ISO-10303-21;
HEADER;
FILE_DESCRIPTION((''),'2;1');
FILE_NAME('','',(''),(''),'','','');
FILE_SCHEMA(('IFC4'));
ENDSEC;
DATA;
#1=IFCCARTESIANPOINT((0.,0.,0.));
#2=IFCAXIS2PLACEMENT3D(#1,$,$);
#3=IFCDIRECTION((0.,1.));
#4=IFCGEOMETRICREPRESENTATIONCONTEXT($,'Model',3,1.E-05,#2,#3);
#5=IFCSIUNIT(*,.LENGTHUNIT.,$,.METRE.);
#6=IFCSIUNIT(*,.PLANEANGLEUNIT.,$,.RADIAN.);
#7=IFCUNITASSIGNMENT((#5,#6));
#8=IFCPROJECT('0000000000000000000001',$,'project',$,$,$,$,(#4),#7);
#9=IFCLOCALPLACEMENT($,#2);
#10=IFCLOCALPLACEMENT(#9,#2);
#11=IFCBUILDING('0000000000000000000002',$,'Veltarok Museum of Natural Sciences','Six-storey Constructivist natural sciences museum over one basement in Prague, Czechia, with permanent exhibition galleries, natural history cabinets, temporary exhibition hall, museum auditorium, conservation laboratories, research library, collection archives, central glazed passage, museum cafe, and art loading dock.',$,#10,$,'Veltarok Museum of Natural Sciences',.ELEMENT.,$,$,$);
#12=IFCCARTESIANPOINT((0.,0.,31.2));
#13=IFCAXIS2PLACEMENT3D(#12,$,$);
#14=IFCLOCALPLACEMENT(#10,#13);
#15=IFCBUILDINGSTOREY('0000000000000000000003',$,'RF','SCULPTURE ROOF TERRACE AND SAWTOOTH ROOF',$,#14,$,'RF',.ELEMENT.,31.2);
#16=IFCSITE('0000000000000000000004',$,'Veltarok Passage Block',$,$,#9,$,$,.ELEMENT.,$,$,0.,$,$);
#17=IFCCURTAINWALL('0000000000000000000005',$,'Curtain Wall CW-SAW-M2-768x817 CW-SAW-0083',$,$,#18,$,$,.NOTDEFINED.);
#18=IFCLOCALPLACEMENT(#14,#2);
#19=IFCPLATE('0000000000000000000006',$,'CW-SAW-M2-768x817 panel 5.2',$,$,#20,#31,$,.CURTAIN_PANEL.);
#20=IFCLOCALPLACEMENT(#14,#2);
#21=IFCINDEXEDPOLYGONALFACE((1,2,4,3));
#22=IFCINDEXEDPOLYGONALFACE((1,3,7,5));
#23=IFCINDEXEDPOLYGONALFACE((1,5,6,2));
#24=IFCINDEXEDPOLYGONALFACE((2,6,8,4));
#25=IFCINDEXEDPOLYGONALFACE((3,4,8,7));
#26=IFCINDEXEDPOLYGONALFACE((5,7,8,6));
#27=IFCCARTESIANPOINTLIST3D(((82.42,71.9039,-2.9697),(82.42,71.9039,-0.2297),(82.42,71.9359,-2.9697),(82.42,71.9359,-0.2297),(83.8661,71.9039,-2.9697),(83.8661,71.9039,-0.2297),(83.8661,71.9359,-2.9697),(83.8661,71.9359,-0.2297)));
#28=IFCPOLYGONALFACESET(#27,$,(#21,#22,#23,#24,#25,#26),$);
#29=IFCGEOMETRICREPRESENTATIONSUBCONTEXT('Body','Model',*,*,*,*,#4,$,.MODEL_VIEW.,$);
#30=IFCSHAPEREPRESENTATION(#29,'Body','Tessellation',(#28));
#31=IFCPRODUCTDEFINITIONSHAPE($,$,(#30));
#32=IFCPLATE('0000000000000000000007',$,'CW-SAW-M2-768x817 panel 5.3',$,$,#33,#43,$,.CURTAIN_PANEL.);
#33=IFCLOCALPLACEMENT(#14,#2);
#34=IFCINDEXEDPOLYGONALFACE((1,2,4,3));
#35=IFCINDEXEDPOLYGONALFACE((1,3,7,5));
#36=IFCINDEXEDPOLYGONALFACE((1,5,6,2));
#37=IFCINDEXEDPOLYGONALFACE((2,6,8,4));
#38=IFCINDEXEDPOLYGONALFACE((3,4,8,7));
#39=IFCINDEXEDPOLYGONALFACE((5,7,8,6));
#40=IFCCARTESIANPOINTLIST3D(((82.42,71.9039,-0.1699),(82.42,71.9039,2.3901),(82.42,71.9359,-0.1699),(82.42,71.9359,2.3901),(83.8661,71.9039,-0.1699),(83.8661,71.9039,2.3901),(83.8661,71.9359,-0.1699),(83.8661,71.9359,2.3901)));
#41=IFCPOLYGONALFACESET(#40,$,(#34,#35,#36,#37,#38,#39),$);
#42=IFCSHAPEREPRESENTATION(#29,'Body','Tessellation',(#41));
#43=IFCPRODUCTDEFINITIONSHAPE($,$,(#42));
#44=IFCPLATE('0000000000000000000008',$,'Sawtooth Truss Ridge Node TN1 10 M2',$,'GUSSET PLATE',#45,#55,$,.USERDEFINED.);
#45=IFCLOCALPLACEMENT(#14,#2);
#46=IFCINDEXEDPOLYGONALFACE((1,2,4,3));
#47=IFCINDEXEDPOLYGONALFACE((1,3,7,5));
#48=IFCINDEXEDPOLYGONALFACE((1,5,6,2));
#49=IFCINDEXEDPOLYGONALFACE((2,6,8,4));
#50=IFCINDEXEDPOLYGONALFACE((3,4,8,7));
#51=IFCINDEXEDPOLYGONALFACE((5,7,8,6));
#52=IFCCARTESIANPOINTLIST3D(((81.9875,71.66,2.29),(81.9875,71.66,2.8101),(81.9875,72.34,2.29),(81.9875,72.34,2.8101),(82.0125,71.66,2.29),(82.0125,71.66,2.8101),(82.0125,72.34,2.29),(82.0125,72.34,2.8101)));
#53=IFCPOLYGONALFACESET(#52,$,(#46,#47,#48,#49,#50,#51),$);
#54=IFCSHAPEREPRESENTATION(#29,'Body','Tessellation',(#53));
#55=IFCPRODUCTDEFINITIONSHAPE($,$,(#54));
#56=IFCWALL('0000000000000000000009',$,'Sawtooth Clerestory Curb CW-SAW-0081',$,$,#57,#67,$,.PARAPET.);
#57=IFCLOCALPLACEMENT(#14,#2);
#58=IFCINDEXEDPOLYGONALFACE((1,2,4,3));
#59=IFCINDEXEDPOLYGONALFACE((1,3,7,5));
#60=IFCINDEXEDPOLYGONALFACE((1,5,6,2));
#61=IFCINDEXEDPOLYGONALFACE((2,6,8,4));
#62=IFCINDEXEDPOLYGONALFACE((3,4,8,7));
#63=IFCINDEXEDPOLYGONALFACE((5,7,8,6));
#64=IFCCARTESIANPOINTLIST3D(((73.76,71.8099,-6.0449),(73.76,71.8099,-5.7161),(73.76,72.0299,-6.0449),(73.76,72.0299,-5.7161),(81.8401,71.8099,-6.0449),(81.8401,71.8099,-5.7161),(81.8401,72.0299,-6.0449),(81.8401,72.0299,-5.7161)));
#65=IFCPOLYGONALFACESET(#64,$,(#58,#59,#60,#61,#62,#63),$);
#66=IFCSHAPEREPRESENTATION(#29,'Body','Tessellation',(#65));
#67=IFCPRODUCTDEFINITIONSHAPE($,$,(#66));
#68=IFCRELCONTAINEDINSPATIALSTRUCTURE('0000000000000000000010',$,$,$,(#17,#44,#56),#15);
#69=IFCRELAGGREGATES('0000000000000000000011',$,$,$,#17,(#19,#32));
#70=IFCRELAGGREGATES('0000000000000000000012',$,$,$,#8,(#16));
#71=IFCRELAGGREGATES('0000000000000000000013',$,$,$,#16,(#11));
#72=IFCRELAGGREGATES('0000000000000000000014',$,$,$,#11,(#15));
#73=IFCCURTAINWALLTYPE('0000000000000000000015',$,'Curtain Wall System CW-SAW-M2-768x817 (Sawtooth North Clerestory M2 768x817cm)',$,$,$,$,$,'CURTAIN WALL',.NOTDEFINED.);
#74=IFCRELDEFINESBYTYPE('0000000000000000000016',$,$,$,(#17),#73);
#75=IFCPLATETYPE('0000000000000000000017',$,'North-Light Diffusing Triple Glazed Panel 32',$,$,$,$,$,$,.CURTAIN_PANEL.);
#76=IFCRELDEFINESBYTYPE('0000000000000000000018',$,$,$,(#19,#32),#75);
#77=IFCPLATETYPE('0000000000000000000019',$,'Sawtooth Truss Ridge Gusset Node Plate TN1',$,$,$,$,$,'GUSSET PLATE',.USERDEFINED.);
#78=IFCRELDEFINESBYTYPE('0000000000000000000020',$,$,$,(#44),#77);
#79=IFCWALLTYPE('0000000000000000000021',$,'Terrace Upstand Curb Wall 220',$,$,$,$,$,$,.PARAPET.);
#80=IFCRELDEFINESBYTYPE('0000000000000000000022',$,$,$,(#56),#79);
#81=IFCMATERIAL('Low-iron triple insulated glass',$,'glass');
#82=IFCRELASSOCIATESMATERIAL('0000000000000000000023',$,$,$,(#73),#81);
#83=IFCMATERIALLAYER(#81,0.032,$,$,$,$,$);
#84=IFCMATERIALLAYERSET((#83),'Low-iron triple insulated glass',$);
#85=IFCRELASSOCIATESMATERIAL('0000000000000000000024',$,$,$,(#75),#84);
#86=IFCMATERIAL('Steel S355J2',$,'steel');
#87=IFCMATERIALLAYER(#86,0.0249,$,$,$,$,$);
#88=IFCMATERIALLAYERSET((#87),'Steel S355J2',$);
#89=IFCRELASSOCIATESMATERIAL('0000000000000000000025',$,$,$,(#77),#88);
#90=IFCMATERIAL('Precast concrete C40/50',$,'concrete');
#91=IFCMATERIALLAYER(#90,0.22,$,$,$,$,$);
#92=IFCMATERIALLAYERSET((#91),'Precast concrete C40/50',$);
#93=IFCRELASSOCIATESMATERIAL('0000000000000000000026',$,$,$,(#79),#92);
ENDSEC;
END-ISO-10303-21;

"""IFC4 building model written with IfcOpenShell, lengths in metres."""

from ifc_helpers import new_model, si_unit, direction, frame, frame_2d, origin, origin_2d, place, context, subcontext, project, spatial, rectangle, extrude, material, layer, layer_set, type_object, element, aggregate, save


model = new_model("IFC4")

# Units and contexts
model_context = context("Model", 3, precision=1e-05, world=origin(), true_north=direction((0.0, 1.0)))
body_context = subcontext(model_context, "Body", "Model", "MODEL_VIEW")
ifc_project = project(units=[si_unit("LENGTHUNIT", "METRE"), si_unit("PLANEANGLEUNIT", "RADIAN")], contexts=[model_context])

# Site, building, storey
site_placement = place(None, origin())
site = spatial("IfcSite", under=ifc_project, at=site_placement, Name="Veltarok Passage Block", CompositionType="ELEMENT", RefElevation=0.0)
building_placement = place(site_placement, origin())
building = spatial("IfcBuilding", under=site, at=building_placement, Name="Veltarok Museum of Natural Sciences", Description="Six-storey Constructivist natural sciences museum over one basement in Prague, Czechia, with permanent exhibition galleries, natural history cabinets, temporary exhibition hall, museum auditorium, conservation laboratories, research library, collection archives, central glazed passage, museum cafe, and art loading dock.", LongName="Veltarok Museum of Natural Sciences", CompositionType="ELEMENT")
storey_placement = place(building_placement, frame((0.0, 0.0, 31.2)))
storey = spatial("IfcBuildingStorey", under=building, at=storey_placement, Name="RF", Description="SCULPTURE ROOF TERRACE AND SAWTOOTH ROOF", LongName="RF", CompositionType="ELEMENT", Elevation=31.2)

# Shared definitions
ifc_material_1 = material(Name="Steel S355J2", Category="steel")

# Shared definitions
ifc_material_2 = material(Name="Low-iron triple insulated glass", Category="glass")
curtain_wall_type = type_object("IfcCurtainWallType", Name="Curtain Wall System CW-SAW-M2-768x817 (Sawtooth North Clerestory M2 768x817cm)", ElementType="CURTAIN WALL", PredefinedType="NOTDEFINED", material=ifc_material_2)

# Curtain wall
curtain_wall_1_placement = place(storey_placement, origin())
curtain_wall_1 = element("IfcCurtainWall", 1, at=curtain_wall_1_placement, inside=storey, type_object=curtain_wall_type, Name="Curtain Wall CW-SAW-M2-768x817 CW-SAW-0083", PredefinedType="NOTDEFINED")

# Plates
ifc_layer_1 = layer(ifc_material_2, 0.032)
ifc_layer_set_1 = layer_set([ifc_layer_1], Name="Low-iron triple insulated glass")
plate_type_1 = type_object("IfcPlateType", Name="North-Light Diffusing Triple Glazed Panel 32", PredefinedType="CURTAIN_PANEL", material=ifc_layer_set_1)
plate_1_placement = place(storey_placement, frame((83.1431, 71.9199, -2.9697), z_axis=(0.0, 0.0, 1.0), x_axis=(-1.0, 0.0, 0.0)))
plate_1 = element("IfcPlate", 2, at=plate_1_placement, type_object=plate_type_1, Name="CW-SAW-M2-768x817 panel 5.2", PredefinedType="CURTAIN_PANEL", context=body_context, shape_type="SweptSolid", body=[
    extrude(rectangle(XDim=1.446, YDim=0.032, at=origin_2d()), origin(), (0.0, 0.0, 1.0), 2.74),
])
plate_2_placement = place(storey_placement, frame((83.1431, 71.9199, -0.1699), z_axis=(0.0, 0.0, 1.0), x_axis=(-1.0, 0.0, 0.0)))
plate_2 = element("IfcPlate", 3, at=plate_2_placement, type_object=plate_type_1, Name="CW-SAW-M2-768x817 panel 5.3", PredefinedType="CURTAIN_PANEL", context=body_context, shape_type="SweptSolid", body=[
    extrude(rectangle(XDim=1.446, YDim=0.032, at=origin_2d()), origin(), (0.0, 0.0, 1.0), 2.5601),
])
aggregate(curtain_wall_1, [plate_1, plate_2])
ifc_layer_2 = layer(ifc_material_1, 0.0249)
ifc_layer_set_2 = layer_set([ifc_layer_2], Name="Steel S355J2")
plate_type_2 = type_object("IfcPlateType", Name="Sawtooth Truss Ridge Gusset Node Plate TN1", ElementType="GUSSET PLATE", PredefinedType="USERDEFINED", material=ifc_layer_set_2)
plate_3_placement = place(storey_placement, frame((82.0, 72.0, 2.29), z_axis=(0.0, 0.0, 1.0), x_axis=(1.0, 0.0, 0.0)))
element("IfcPlate", 4, at=plate_3_placement, inside=storey, type_object=plate_type_2, Name="Sawtooth Truss Ridge Node TN1 10 M2", ObjectType="GUSSET PLATE", PredefinedType="USERDEFINED", context=body_context, shape_type="SweptSolid", body=[
    extrude(rectangle(XDim=0.0249, YDim=0.6799, at=origin_2d()), origin(), (0.0, 0.0, 1.0), 0.52),
])

# Wall
ifc_material_3 = material(Name="Precast concrete C40/50", Category="concrete")
ifc_layer_3 = layer(ifc_material_3, 0.22)
ifc_layer_set_3 = layer_set([ifc_layer_3], Name="Precast concrete C40/50")
wall_type = type_object("IfcWallType", Name="Terrace Upstand Curb Wall 220", PredefinedType="PARAPET", material=ifc_layer_set_3)
wall_placement = place(storey_placement, frame((81.8401, 71.9199, -6.0449), z_axis=(0.0, 0.0, 1.0), x_axis=(-1.0, 0.0, 0.0)))
element("IfcWall", 5, at=wall_placement, inside=storey, type_object=wall_type, Name="Sawtooth Clerestory Curb CW-SAW-0081", PredefinedType="PARAPET", context=body_context, shape_type="SweptSolid", body=[
    extrude(rectangle(XDim=8.0801, YDim=0.22, at=frame_2d((4.04, 0.0))), origin(), (0.0, 0.0, 1.0), 0.3289),
])

save(model, "model.ifc")
